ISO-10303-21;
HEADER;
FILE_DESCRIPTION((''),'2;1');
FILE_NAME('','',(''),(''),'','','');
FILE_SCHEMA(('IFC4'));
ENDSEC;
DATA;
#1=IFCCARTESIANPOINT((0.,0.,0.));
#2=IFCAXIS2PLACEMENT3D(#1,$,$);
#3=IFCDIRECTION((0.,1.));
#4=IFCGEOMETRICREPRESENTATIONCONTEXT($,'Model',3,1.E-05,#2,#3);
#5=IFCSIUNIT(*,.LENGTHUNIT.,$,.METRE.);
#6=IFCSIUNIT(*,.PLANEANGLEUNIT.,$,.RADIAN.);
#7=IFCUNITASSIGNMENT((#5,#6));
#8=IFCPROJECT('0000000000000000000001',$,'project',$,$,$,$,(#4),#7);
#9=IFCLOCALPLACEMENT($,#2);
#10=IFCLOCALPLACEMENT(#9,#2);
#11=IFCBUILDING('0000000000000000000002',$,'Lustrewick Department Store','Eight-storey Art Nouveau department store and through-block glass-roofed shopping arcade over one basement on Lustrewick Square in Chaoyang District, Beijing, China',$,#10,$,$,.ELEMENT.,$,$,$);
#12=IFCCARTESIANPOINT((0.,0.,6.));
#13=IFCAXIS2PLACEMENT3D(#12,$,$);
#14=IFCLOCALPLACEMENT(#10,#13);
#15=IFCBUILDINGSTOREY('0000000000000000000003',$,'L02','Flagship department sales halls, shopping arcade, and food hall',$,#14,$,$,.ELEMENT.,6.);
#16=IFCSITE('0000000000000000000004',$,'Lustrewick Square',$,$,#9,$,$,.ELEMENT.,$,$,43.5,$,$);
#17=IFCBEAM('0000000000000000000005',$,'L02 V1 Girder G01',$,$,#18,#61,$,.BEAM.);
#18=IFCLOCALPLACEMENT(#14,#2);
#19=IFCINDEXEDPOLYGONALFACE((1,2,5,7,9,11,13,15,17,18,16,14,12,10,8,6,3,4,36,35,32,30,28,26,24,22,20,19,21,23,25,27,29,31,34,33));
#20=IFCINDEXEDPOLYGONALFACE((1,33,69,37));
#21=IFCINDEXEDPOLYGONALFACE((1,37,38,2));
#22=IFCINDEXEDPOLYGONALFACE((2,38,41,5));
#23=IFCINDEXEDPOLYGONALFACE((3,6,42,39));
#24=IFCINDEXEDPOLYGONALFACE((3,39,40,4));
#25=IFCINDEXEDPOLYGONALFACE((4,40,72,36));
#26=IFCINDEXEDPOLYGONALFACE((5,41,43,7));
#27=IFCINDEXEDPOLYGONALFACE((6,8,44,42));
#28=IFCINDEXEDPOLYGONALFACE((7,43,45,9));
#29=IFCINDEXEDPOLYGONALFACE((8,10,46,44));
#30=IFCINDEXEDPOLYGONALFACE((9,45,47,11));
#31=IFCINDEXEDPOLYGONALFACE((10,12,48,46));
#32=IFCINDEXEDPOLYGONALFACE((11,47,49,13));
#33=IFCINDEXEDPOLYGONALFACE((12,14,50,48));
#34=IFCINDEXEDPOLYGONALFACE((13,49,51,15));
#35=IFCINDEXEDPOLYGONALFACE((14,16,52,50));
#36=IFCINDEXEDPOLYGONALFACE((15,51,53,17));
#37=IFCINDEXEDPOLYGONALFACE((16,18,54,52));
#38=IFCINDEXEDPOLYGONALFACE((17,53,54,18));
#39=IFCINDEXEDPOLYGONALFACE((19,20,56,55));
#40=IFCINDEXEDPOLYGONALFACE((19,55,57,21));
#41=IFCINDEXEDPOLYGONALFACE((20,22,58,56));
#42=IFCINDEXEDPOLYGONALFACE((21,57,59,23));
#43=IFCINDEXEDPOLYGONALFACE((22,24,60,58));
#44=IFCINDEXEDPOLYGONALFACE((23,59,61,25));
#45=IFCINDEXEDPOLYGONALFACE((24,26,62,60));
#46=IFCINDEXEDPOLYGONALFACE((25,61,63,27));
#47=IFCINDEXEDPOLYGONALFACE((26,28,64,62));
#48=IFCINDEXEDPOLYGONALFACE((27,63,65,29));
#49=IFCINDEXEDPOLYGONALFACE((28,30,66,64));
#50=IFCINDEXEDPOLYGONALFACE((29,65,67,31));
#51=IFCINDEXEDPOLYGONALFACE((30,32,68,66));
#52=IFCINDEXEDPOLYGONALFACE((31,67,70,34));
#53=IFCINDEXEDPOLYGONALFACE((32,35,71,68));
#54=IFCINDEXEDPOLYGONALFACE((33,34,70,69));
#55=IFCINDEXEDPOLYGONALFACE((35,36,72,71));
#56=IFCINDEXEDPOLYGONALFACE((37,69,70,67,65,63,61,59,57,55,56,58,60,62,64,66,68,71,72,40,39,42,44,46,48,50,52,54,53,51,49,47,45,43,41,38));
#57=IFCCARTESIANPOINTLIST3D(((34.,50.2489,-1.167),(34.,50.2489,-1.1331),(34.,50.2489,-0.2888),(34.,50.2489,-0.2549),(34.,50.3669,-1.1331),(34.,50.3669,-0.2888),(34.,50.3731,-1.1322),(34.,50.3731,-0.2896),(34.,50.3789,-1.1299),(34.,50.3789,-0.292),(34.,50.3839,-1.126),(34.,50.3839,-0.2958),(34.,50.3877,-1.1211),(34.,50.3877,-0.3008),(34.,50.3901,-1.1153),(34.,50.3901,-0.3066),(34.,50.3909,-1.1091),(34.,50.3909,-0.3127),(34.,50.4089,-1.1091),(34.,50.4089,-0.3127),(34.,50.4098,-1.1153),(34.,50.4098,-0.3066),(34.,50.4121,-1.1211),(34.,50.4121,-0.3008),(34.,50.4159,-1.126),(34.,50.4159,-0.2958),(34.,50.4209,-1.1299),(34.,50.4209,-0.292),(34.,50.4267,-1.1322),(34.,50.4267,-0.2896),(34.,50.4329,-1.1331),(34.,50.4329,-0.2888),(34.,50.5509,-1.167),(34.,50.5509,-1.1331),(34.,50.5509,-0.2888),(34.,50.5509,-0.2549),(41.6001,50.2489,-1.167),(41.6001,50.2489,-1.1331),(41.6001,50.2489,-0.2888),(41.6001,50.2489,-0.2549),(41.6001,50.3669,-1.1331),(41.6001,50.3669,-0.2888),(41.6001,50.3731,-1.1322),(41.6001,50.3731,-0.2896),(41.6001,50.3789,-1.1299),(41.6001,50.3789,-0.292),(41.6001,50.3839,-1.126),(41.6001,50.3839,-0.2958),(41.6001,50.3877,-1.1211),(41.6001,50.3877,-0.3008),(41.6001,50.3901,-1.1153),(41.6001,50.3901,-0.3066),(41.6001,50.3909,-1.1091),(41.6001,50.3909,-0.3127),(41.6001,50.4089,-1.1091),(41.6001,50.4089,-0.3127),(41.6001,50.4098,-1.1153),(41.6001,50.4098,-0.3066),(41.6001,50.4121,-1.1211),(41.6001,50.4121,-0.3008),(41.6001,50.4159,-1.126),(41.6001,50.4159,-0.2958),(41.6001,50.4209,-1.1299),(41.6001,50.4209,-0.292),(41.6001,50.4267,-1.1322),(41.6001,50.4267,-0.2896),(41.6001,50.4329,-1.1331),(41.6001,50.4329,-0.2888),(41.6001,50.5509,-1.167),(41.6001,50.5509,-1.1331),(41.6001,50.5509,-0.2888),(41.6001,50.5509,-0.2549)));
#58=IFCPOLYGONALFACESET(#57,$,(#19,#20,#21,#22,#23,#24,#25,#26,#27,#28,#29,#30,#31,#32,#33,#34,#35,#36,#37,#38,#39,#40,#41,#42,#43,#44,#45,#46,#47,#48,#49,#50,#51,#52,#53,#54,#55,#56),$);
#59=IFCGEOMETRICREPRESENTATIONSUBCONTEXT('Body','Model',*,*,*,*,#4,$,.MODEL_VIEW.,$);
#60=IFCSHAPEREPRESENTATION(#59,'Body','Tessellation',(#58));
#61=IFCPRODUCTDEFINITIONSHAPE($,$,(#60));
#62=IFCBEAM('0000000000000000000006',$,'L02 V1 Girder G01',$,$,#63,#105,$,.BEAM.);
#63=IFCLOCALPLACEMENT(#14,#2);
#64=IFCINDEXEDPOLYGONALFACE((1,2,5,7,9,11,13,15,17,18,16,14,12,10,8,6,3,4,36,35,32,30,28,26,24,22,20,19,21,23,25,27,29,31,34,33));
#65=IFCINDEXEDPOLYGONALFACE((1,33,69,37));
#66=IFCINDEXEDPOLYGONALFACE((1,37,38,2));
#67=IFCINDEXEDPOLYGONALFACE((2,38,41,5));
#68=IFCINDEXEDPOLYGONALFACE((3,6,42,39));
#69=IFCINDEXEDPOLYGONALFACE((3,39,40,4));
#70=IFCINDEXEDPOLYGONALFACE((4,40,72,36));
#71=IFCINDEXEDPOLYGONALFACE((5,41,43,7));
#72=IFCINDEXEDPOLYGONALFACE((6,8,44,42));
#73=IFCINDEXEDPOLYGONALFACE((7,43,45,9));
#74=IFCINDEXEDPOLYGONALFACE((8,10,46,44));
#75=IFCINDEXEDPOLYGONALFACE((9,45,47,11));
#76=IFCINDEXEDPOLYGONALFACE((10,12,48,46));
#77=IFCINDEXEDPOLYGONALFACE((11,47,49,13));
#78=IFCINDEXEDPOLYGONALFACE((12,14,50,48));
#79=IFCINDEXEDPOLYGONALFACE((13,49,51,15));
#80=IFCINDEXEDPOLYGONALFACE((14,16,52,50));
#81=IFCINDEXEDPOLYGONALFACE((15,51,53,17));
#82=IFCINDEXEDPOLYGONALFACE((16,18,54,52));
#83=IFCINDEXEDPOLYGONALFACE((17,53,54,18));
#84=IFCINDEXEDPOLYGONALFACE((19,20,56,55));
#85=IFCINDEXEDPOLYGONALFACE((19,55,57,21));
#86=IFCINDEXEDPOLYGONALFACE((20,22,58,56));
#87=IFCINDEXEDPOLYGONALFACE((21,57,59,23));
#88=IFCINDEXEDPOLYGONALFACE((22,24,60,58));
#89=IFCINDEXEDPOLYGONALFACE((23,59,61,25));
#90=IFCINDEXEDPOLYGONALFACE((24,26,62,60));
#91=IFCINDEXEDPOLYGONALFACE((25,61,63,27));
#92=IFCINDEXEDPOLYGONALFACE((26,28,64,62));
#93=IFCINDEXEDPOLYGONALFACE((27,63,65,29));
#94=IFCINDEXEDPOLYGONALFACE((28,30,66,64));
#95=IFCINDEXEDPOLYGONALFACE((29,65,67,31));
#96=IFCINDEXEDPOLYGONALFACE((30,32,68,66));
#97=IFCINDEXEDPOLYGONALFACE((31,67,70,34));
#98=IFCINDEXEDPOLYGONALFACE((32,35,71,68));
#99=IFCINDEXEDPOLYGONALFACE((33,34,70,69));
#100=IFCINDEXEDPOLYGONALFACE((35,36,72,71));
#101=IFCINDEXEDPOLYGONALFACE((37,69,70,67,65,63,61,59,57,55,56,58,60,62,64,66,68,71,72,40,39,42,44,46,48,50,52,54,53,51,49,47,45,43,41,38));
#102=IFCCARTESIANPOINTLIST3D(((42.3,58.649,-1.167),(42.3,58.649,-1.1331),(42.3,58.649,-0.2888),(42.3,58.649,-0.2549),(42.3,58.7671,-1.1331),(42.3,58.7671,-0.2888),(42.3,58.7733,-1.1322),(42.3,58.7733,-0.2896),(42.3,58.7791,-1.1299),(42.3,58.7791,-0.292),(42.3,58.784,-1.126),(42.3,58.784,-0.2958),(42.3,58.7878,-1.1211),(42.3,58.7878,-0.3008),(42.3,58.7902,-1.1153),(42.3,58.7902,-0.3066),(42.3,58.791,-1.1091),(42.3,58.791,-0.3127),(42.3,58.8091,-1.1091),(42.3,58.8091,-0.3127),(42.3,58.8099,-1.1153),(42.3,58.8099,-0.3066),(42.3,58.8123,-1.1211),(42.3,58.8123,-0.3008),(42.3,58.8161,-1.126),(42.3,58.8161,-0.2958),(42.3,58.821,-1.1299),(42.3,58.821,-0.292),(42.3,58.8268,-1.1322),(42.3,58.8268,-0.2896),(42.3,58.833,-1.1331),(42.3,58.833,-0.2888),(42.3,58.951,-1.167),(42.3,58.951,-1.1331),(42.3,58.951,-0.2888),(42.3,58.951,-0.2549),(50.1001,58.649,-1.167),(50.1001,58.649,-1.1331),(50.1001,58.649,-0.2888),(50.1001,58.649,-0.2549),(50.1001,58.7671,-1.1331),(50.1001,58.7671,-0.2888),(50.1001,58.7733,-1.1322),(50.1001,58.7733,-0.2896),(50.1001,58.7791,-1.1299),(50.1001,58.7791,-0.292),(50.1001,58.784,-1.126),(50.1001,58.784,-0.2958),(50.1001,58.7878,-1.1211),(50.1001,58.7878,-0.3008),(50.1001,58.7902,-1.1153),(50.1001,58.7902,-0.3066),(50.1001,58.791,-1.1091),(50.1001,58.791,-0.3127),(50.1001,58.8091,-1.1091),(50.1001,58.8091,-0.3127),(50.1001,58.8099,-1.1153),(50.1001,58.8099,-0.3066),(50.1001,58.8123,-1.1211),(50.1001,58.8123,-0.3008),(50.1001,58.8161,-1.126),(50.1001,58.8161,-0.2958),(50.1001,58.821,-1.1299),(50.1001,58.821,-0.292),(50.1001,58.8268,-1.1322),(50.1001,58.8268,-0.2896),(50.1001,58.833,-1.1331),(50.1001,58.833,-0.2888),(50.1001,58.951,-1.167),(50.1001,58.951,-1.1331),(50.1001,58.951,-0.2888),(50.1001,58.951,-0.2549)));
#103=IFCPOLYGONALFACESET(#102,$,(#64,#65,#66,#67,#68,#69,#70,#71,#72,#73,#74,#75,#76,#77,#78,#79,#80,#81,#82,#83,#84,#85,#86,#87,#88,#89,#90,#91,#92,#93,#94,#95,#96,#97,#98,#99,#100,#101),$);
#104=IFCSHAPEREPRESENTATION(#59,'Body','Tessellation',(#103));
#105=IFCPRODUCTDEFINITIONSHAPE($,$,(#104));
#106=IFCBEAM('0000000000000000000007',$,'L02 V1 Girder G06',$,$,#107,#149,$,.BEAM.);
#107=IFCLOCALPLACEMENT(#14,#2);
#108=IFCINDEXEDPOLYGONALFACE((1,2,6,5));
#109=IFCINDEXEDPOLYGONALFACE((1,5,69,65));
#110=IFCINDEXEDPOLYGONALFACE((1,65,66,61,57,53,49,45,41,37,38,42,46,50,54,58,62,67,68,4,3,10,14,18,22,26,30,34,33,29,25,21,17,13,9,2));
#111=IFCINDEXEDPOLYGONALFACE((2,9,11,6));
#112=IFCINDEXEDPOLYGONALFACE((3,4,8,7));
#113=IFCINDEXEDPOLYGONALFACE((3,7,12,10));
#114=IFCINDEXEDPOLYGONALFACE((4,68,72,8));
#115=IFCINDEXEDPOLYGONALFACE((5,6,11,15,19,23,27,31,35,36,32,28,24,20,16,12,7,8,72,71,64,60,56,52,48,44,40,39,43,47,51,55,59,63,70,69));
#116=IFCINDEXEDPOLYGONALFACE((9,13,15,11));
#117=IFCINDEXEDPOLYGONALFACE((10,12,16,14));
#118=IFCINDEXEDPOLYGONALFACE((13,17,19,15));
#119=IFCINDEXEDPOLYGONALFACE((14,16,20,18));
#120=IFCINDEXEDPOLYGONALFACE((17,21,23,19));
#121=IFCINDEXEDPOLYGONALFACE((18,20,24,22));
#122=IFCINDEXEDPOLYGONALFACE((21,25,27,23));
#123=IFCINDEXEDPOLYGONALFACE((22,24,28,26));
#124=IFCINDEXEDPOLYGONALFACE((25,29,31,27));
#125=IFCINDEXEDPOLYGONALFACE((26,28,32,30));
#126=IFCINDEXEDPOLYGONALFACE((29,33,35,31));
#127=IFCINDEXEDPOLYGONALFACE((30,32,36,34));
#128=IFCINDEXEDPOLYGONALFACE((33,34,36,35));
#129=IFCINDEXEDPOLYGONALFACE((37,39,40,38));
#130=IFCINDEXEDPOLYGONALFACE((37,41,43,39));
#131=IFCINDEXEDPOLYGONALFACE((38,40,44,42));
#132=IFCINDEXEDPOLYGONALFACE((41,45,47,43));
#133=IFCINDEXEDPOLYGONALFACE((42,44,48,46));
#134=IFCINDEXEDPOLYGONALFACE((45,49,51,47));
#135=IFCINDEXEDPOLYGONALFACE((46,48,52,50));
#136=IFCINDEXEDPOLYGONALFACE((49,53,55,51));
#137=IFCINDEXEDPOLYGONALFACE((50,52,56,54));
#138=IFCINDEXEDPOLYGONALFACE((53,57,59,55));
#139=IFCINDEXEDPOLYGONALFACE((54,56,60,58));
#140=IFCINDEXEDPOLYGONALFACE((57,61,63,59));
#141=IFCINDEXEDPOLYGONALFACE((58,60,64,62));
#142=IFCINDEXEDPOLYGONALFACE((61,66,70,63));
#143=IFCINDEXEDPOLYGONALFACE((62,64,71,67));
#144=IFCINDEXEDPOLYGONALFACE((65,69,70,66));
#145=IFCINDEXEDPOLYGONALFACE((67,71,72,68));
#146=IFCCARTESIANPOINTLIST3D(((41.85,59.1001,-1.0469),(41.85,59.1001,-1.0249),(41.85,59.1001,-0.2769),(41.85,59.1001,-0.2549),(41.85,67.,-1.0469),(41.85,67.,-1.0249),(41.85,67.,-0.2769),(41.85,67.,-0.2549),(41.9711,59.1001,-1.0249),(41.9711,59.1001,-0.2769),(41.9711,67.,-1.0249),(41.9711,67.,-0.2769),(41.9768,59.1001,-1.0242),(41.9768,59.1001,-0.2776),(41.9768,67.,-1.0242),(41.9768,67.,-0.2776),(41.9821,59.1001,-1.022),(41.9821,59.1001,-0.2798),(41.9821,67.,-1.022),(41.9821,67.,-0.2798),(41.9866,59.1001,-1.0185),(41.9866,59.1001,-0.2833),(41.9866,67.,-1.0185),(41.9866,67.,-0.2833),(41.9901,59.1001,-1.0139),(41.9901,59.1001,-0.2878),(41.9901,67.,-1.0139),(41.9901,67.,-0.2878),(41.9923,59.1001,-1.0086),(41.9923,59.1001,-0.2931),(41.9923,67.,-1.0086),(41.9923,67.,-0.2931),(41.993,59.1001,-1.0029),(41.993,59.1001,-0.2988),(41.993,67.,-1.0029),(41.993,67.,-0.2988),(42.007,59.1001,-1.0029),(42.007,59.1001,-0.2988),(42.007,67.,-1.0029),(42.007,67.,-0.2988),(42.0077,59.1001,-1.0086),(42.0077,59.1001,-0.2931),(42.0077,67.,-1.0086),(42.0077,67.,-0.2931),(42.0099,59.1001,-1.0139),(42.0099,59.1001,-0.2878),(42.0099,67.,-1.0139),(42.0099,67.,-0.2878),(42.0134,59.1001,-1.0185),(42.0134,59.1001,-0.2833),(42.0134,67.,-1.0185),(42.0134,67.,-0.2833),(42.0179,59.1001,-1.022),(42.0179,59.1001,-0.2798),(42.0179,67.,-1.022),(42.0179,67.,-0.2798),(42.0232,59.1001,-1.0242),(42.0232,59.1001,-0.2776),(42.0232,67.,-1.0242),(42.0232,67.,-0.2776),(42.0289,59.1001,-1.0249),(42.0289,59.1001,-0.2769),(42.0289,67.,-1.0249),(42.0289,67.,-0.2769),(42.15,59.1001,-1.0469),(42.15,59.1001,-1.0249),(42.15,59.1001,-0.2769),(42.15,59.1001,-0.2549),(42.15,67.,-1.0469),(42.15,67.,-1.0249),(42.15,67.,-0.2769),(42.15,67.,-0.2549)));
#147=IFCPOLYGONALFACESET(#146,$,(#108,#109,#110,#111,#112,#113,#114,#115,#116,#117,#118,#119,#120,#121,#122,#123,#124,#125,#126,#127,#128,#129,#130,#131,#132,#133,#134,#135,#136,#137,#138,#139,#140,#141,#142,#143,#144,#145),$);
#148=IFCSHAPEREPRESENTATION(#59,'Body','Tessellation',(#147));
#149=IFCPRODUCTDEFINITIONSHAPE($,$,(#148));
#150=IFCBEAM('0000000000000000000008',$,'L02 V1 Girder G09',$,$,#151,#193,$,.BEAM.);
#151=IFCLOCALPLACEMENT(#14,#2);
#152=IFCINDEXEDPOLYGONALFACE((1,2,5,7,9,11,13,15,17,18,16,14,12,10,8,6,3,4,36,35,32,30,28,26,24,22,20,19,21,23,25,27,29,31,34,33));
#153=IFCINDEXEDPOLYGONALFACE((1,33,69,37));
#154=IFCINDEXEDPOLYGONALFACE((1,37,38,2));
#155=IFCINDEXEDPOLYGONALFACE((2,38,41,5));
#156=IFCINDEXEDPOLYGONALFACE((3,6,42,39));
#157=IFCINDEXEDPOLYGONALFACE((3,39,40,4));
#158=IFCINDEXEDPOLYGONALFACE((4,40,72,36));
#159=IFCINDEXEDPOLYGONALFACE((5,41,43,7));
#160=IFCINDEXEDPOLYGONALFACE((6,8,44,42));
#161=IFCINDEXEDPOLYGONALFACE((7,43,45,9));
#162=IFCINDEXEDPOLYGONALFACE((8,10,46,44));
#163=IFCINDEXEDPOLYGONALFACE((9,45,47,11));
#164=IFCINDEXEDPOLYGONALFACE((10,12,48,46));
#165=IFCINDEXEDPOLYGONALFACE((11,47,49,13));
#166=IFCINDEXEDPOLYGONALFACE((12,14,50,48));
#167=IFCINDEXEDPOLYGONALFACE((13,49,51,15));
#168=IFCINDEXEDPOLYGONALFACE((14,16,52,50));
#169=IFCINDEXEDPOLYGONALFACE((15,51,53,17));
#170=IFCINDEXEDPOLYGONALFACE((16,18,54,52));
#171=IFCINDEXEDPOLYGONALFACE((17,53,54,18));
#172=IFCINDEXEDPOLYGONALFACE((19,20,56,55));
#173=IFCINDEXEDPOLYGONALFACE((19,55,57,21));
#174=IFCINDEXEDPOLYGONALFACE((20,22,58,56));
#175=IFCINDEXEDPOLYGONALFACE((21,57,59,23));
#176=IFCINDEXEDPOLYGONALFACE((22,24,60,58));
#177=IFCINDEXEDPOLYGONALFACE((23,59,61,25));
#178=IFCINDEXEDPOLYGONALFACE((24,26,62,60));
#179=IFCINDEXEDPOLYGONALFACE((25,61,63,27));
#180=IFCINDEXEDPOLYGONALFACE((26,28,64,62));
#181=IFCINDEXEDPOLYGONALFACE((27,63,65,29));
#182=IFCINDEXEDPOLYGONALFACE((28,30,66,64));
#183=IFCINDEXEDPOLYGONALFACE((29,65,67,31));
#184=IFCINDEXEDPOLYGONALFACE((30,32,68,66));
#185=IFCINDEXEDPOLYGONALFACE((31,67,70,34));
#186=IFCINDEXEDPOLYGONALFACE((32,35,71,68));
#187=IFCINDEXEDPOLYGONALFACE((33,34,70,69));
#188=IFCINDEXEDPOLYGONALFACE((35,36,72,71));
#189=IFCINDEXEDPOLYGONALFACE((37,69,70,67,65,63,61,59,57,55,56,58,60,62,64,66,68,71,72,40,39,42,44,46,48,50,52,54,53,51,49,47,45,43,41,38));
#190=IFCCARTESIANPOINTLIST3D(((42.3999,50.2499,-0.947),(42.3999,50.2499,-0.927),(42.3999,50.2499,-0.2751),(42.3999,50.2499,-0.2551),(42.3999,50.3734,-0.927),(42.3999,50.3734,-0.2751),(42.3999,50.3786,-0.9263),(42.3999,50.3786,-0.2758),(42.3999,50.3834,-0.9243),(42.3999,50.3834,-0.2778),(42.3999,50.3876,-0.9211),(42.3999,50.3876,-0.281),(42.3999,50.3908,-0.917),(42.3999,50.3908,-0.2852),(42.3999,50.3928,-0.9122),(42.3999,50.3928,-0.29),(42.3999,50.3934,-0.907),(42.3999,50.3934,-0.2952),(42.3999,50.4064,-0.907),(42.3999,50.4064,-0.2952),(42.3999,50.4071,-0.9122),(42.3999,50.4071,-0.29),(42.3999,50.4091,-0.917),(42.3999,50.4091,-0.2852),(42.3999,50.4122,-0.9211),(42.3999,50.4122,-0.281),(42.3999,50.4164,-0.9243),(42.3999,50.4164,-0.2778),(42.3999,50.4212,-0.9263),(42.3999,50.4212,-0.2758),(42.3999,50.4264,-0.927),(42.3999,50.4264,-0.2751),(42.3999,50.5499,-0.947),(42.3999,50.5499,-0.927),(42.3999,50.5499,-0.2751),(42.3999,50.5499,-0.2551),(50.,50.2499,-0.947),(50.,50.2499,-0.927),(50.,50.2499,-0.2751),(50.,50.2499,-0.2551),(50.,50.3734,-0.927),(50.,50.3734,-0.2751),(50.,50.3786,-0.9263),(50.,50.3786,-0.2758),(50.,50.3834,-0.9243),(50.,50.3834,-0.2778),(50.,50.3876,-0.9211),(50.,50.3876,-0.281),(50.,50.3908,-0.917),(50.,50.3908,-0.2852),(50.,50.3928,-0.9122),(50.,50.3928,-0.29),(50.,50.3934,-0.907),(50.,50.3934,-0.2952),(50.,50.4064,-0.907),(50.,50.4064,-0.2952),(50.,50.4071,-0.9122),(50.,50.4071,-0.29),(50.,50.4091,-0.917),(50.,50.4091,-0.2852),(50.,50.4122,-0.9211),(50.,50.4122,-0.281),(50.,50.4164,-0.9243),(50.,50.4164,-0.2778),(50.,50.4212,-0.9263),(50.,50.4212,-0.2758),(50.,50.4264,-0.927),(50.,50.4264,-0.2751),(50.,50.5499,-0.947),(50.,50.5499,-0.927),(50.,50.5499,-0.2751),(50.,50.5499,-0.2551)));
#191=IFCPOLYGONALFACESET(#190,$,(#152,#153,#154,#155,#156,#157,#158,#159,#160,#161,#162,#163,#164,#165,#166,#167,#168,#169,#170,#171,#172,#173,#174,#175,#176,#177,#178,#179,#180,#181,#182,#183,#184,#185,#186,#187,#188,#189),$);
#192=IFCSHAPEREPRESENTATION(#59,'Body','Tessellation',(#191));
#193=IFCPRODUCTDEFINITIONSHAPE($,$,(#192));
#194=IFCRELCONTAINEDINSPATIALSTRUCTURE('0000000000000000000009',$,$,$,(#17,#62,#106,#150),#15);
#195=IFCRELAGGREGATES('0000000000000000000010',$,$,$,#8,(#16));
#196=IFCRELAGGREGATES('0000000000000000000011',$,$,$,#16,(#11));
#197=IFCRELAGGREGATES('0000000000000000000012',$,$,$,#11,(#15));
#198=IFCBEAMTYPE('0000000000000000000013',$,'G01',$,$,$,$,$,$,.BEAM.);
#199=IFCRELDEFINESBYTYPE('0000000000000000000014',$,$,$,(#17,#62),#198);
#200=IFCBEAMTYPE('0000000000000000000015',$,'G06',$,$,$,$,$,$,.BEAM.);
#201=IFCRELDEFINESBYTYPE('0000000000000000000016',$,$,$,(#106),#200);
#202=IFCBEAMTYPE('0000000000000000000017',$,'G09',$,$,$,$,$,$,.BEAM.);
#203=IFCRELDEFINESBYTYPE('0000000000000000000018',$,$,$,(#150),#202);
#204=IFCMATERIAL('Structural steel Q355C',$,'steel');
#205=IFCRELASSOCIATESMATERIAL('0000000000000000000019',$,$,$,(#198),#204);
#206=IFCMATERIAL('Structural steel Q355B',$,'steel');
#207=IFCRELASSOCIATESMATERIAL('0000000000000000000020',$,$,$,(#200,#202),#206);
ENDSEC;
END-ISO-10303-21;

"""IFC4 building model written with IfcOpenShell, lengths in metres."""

from ifc_helpers import new_model, si_unit, direction, frame, origin, origin_2d, place, context, subcontext, project, spatial, i_section, extrude, material, material_profile, profile_set, type_object, element, save


model = new_model("IFC4")

# Units and contexts
model_context = context("Model", 3, precision=1e-05, world=origin(), true_north=direction((0.0, 1.0)))
body_context = subcontext(model_context, "Body", "Model", "MODEL_VIEW")
ifc_project = project(units=[si_unit("LENGTHUNIT", "METRE"), si_unit("PLANEANGLEUNIT", "RADIAN")], contexts=[model_context])

# Site, building, storey
site_placement = place(None, origin())
site = spatial("IfcSite", under=ifc_project, at=site_placement, Name="Lustrewick Square", CompositionType="ELEMENT", RefElevation=43.5)
building_placement = place(site_placement, origin())
building = spatial("IfcBuilding", under=site, at=building_placement, Name="Lustrewick Department Store", Description="Eight-storey Art Nouveau department store and through-block glass-roofed shopping arcade over one basement on Lustrewick Square in Chaoyang District, Beijing, China", CompositionType="ELEMENT")
storey_placement = place(building_placement, frame((0.0, 0.0, 6.0)))
storey = spatial("IfcBuildingStorey", under=building, at=storey_placement, Name="L02", Description="Flagship department sales halls, shopping arcade, and food hall", CompositionType="ELEMENT", Elevation=6.0)

# Shared definitions
ifc_material_1 = material(Name="Structural steel Q355C", Category="steel")

# Beams
ifc_material_profile_1 = material_profile(ifc_material_1, i_section(OverallWidth=0.302, OverallDepth=0.9121, WebThickness=0.0181, FlangeThickness=0.0339, FilletRadius=0.0239, at=origin_2d()), Name="HN 912x302x18x34")
ifc_profile_set_1 = profile_set([ifc_material_profile_1], Name="Structural steel Q355C")
beam_type_1 = type_object("IfcBeamType", Name="G01", PredefinedType="BEAM", material=ifc_profile_set_1)
beam_1_placement = place(storey_placement, frame((34.0, 50.3999, -0.7109), z_axis=(1.0, 0.0, 0.0), x_axis=(0.0, 1.0, 0.0)))
element("IfcBeam", 1, at=beam_1_placement, inside=storey, type_object=beam_type_1, Name="L02 V1 Girder G01", PredefinedType="BEAM", context=body_context, shape_type="SweptSolid", body=[
    extrude(i_section(OverallWidth=0.302, OverallDepth=0.9121, WebThickness=0.0181, FlangeThickness=0.0339, FilletRadius=0.0239, at=origin_2d()), origin(), (0.0, 0.0, 1.0), 7.6001),
])
beam_2_placement = place(storey_placement, frame((42.3, 58.8, -0.7109), z_axis=(1.0, 0.0, 0.0), x_axis=(0.0, 1.0, 0.0)))
element("IfcBeam", 2, at=beam_2_placement, inside=storey, type_object=beam_type_1, Name="L02 V1 Girder G01", PredefinedType="BEAM", context=body_context, shape_type="SweptSolid", body=[
    extrude(i_section(OverallWidth=0.302, OverallDepth=0.9121, WebThickness=0.0181, FlangeThickness=0.0339, FilletRadius=0.0239, at=origin_2d()), origin(), (0.0, 0.0, 1.0), 7.8),
])
ifc_material_2 = material(Name="Structural steel Q355B", Category="steel")
ifc_material_profile_2 = material_profile(ifc_material_2, i_section(OverallWidth=0.3, OverallDepth=0.792, WebThickness=0.0139, FlangeThickness=0.022, FilletRadius=0.022, at=origin_2d()), Name="HN 792x300x14x22")
ifc_profile_set_2 = profile_set([ifc_material_profile_2], Name="Structural steel Q355B")
beam_type_2 = type_object("IfcBeamType", Name="G06", PredefinedType="BEAM", material=ifc_profile_set_2)
beam_3_placement = place(storey_placement, frame((42.0, 59.1001, -0.6509), z_axis=(0.0, 1.0, 0.0), x_axis=(-1.0, 0.0, 0.0)))
element("IfcBeam", 3, at=beam_3_placement, inside=storey, type_object=beam_type_2, Name="L02 V1 Girder G06", PredefinedType="BEAM", context=body_context, shape_type="SweptSolid", body=[
    extrude(i_section(OverallWidth=0.3, OverallDepth=0.792, WebThickness=0.0139, FlangeThickness=0.022, FilletRadius=0.022, at=origin_2d()), origin(), (0.0, 0.0, 1.0), 7.8999),
])
ifc_material_profile_3 = material_profile(ifc_material_2, i_section(OverallWidth=0.3, OverallDepth=0.6919, WebThickness=0.0129, FlangeThickness=0.02, FilletRadius=0.02, at=origin_2d()), Name="HN 692x300x13x20")
ifc_profile_set_3 = profile_set([ifc_material_profile_3], Name="Structural steel Q355B")
beam_type_3 = type_object("IfcBeamType", Name="G09", PredefinedType="BEAM", material=ifc_profile_set_3)
beam_4_placement = place(storey_placement, frame((42.3999, 50.3999, -0.6011), z_axis=(1.0, 0.0, 0.0), x_axis=(0.0, 1.0, 0.0)))
element("IfcBeam", 4, at=beam_4_placement, inside=storey, type_object=beam_type_3, Name="L02 V1 Girder G09", PredefinedType="BEAM", context=body_context, shape_type="SweptSolid", body=[
    extrude(i_section(OverallWidth=0.3, OverallDepth=0.6919, WebThickness=0.0129, FlangeThickness=0.02, FilletRadius=0.02, at=origin_2d()), origin(), (0.0, 0.0, 1.0), 7.6001),
])

save(model, "model.ifc")
